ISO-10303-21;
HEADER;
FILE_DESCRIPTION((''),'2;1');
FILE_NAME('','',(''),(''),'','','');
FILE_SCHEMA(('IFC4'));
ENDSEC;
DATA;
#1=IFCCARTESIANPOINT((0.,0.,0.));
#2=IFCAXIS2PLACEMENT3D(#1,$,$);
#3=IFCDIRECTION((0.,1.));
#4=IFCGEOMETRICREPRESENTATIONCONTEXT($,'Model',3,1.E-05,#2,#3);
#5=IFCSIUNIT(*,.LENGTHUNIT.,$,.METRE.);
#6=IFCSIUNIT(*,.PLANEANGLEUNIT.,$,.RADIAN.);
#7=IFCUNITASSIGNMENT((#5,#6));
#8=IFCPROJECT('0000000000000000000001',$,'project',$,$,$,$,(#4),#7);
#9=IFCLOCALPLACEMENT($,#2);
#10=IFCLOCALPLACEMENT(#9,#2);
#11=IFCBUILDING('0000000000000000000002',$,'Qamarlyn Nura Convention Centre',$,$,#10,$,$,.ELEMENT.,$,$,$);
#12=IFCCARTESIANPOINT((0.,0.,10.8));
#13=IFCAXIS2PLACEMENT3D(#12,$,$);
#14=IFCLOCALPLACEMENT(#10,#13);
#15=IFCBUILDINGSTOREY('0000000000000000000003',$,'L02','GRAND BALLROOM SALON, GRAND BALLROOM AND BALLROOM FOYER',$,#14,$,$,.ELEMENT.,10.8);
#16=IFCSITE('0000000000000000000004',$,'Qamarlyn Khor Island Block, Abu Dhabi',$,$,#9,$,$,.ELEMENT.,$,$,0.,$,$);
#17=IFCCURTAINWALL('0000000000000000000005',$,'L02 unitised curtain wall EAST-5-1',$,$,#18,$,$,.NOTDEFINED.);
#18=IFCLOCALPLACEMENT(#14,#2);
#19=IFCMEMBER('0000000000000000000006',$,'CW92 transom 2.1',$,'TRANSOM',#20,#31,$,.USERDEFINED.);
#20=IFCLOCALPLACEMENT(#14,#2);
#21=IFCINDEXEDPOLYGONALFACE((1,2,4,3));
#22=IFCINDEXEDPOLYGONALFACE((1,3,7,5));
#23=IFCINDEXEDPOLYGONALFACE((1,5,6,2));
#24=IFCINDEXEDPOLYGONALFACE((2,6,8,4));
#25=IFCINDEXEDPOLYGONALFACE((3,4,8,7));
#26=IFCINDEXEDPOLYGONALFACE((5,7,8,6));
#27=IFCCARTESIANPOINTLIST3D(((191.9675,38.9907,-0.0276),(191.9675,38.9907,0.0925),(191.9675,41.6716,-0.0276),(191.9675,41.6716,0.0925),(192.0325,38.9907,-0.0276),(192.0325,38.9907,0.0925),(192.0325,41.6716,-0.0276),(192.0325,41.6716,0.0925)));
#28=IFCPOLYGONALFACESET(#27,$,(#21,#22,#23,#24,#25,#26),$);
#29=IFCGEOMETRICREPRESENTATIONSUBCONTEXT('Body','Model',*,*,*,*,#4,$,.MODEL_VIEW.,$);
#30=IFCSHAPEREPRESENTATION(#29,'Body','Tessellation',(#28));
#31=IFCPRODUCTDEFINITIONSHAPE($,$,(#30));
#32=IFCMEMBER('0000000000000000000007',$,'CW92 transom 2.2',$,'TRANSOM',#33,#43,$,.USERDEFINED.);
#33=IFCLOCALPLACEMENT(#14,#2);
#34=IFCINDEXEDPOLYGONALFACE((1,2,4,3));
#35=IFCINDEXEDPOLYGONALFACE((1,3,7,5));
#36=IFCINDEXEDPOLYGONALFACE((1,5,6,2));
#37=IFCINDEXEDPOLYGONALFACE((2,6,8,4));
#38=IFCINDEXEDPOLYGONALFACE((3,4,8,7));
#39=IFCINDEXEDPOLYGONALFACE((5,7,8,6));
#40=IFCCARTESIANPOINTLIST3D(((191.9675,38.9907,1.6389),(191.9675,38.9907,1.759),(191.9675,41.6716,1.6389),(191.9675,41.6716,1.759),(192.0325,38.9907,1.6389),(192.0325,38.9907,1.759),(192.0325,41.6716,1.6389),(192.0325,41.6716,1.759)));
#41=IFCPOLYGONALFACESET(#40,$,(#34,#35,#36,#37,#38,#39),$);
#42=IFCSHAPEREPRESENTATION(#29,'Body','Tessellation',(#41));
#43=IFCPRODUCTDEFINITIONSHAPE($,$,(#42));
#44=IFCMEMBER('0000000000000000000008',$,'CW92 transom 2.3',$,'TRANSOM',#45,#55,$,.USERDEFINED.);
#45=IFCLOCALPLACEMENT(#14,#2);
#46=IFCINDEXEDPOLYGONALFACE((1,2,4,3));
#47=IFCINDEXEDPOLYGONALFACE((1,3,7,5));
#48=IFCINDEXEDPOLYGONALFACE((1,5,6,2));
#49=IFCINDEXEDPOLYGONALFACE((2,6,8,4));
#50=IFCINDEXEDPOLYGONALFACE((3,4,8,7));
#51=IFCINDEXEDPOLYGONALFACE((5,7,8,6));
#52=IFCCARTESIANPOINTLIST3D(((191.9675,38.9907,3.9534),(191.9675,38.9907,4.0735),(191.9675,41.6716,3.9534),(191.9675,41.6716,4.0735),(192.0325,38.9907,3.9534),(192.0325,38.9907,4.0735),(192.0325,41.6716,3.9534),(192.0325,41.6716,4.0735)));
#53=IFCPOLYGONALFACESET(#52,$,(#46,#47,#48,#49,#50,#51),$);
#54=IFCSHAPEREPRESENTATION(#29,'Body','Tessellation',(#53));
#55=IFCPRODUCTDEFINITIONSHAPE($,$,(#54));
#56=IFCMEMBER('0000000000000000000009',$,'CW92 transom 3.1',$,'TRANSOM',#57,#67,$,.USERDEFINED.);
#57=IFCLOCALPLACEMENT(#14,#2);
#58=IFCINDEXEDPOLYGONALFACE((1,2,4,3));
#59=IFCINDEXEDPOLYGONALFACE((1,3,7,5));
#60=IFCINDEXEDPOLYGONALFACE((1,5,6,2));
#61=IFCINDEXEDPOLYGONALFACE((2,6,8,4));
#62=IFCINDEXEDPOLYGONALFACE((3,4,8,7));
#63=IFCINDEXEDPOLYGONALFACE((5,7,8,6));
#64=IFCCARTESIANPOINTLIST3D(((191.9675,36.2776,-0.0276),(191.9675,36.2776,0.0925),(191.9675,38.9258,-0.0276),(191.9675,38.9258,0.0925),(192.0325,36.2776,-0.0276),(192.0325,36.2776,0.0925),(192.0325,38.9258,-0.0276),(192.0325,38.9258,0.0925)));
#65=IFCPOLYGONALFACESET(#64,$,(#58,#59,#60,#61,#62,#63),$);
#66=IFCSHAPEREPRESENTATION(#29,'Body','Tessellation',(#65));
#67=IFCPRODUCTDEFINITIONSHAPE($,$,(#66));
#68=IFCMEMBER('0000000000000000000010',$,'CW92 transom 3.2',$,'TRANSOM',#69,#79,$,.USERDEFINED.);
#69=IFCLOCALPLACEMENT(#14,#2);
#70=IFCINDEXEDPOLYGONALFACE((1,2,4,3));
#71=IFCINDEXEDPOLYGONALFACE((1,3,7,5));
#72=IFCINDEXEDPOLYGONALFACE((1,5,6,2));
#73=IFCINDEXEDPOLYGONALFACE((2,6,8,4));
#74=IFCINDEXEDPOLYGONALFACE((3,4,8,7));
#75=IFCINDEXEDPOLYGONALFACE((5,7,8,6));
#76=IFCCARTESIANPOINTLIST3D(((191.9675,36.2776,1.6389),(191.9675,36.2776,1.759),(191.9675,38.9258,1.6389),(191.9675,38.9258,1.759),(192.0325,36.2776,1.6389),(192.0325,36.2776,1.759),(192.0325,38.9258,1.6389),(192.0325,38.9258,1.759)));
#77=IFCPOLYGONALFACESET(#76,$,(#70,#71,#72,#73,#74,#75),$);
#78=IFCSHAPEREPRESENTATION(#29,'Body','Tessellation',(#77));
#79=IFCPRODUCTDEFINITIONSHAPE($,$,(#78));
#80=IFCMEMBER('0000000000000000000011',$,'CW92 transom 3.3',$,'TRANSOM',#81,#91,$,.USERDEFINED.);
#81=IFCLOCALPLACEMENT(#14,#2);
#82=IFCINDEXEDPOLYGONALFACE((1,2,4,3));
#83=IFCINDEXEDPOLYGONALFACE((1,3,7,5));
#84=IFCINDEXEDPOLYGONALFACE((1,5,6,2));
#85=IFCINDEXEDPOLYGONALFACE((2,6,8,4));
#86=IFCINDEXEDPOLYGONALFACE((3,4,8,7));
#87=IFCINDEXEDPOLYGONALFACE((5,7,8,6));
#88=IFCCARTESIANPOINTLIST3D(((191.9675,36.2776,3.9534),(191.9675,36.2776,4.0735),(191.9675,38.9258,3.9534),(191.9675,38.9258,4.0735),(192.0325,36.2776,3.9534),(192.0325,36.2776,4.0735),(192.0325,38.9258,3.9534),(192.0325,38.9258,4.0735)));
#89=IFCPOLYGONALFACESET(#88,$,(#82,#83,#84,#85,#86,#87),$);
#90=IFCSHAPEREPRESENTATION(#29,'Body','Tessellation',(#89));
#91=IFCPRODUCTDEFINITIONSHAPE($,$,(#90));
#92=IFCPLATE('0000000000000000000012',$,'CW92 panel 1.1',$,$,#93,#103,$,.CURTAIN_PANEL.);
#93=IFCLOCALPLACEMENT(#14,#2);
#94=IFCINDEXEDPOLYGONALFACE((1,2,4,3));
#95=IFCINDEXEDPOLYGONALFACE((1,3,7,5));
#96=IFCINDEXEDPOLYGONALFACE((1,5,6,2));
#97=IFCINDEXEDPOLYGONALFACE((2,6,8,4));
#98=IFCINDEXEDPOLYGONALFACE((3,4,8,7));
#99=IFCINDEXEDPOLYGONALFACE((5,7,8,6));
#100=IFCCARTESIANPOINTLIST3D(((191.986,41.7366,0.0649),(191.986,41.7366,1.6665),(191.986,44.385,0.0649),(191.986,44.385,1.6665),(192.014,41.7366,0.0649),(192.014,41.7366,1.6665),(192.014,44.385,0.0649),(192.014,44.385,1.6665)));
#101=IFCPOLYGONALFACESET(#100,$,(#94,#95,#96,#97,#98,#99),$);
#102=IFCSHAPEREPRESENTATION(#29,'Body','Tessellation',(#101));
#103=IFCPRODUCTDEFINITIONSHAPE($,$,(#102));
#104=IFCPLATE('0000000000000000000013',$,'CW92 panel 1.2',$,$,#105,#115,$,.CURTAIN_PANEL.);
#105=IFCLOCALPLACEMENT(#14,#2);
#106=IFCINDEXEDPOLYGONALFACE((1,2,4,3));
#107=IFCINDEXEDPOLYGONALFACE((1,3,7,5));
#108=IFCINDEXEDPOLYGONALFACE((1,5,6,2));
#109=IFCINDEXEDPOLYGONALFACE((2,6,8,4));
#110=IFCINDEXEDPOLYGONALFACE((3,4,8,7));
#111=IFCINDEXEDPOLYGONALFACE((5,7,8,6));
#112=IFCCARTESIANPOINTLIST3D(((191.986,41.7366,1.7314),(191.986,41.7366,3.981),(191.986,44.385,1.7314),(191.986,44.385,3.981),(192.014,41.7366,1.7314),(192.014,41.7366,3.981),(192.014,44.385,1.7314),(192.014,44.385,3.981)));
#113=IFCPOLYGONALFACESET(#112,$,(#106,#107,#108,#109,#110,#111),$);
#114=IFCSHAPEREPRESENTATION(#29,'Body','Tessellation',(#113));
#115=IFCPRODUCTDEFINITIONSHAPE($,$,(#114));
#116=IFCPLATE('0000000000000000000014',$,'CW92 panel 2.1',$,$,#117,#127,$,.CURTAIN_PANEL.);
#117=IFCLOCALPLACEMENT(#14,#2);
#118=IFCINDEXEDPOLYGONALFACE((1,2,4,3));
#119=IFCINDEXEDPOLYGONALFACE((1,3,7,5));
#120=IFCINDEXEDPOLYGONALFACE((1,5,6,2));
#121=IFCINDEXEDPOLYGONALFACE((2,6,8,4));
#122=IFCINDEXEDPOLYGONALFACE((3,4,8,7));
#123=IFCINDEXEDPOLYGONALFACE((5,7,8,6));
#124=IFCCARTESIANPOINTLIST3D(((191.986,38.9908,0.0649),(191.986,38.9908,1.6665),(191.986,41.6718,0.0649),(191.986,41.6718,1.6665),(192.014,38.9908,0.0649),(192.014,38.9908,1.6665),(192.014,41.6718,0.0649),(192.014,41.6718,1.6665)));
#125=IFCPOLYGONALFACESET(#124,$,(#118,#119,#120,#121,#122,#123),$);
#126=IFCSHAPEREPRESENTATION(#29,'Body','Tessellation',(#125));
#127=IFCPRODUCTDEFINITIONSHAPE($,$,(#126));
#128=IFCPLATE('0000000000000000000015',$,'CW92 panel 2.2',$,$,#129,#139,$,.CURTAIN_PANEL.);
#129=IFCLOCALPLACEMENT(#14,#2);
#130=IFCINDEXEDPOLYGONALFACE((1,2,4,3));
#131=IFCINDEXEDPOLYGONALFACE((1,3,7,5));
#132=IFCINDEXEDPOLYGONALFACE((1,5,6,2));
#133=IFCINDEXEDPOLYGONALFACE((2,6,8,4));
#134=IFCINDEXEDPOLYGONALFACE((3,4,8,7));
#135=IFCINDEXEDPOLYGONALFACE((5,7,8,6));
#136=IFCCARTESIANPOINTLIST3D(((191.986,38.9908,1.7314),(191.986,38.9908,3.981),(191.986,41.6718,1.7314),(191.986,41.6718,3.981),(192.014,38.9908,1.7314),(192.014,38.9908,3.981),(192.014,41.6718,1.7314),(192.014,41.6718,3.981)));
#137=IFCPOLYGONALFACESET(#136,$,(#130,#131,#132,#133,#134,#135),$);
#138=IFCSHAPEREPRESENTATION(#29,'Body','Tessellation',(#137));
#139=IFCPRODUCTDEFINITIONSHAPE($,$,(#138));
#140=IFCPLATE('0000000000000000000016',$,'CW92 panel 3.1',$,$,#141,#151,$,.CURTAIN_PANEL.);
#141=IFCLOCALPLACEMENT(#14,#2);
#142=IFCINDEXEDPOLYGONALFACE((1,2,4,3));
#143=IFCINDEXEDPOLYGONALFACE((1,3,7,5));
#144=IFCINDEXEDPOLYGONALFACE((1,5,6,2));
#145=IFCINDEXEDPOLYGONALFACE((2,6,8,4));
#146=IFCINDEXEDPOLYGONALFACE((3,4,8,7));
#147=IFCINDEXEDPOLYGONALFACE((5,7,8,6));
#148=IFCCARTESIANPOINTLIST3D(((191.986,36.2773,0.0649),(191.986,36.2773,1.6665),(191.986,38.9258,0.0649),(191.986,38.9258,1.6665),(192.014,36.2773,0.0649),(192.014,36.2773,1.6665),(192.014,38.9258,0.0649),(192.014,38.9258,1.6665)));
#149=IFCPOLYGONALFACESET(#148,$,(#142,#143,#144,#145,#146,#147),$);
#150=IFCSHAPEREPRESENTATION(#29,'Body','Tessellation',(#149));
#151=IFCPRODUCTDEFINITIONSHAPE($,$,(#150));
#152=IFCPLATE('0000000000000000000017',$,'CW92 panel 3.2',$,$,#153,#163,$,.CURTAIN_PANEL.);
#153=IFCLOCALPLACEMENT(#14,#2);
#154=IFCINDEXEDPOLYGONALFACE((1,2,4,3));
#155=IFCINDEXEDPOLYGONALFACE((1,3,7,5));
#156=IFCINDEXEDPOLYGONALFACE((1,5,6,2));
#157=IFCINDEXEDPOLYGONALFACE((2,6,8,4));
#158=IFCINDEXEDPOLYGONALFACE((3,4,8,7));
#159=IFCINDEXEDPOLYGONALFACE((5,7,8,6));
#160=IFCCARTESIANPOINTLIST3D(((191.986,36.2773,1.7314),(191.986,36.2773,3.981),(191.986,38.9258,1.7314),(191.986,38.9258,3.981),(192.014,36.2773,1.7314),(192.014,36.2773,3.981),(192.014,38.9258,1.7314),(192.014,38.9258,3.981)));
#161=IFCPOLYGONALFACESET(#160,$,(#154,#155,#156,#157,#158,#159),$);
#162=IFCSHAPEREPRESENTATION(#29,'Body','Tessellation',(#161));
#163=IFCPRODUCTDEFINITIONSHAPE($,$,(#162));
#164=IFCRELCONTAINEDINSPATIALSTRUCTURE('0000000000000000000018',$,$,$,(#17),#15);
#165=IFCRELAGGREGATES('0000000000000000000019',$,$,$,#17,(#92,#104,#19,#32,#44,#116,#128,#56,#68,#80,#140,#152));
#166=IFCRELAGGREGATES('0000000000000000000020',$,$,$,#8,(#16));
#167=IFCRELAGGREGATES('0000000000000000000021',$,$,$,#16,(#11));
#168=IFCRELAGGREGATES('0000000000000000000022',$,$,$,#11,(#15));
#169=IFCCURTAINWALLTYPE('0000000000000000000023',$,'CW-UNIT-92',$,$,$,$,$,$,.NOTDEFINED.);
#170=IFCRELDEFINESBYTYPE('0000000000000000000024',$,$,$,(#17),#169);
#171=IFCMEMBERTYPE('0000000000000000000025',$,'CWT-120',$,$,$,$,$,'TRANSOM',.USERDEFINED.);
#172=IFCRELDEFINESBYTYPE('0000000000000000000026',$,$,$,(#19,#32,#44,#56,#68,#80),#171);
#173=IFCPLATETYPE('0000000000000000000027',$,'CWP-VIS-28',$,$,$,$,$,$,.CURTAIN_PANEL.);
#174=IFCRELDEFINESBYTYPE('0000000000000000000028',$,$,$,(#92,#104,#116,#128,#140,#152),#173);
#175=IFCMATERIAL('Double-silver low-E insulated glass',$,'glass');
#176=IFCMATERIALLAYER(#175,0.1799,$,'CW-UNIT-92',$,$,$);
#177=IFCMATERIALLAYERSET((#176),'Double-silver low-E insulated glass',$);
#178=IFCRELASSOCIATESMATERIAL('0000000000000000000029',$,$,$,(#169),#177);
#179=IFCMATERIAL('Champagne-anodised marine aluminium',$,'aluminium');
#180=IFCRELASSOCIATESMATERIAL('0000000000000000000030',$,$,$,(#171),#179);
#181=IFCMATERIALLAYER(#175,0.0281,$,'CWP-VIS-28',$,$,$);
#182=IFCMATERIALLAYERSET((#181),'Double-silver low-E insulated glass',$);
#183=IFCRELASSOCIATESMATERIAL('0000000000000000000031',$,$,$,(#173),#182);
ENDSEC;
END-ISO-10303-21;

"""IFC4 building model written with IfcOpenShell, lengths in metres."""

from ifc_helpers import new_model, si_unit, direction, frame, origin, origin_2d, place, context, subcontext, project, spatial, rectangle, extrude, material, layer, layer_set, material_profile, profile_set, type_object, element, aggregate, save


model = new_model("IFC4")

# Units and contexts
model_context = context("Model", 3, precision=1e-05, world=origin(), true_north=direction((0.0, 1.0)))
body_context = subcontext(model_context, "Body", "Model", "MODEL_VIEW")
ifc_project = project(units=[si_unit("LENGTHUNIT", "METRE"), si_unit("PLANEANGLEUNIT", "RADIAN")], contexts=[model_context])

# Site, building, storey
site_placement = place(None, origin())
site = spatial("IfcSite", under=ifc_project, at=site_placement, Name="Qamarlyn Khor Island Block, Abu Dhabi", CompositionType="ELEMENT", RefElevation=0.0)
building_placement = place(site_placement, origin())
building = spatial("IfcBuilding", under=site, at=building_placement, Name="Qamarlyn Nura Convention Centre", CompositionType="ELEMENT")
storey_placement = place(building_placement, frame((0.0, 0.0, 10.8)))
storey = spatial("IfcBuildingStorey", under=building, at=storey_placement, Name="L02", Description="GRAND BALLROOM SALON, GRAND BALLROOM AND BALLROOM FOYER", CompositionType="ELEMENT", Elevation=10.8)

# Curtain wall, members, plates
ifc_material_1 = material(Name="Double-silver low-E insulated glass", Category="glass")
ifc_layer_1 = layer(ifc_material_1, 0.1799, Name="CW-UNIT-92")
ifc_layer_set_1 = layer_set([ifc_layer_1], Name="Double-silver low-E insulated glass")
curtain_wall_type = type_object("IfcCurtainWallType", Name="CW-UNIT-92", PredefinedType="NOTDEFINED", material=ifc_layer_set_1)
curtain_wall_placement = place(storey_placement, origin())
curtain_wall = element("IfcCurtainWall", 1, at=curtain_wall_placement, inside=storey, type_object=curtain_wall_type, Name="L02 unitised curtain wall EAST-5-1", PredefinedType="NOTDEFINED")
ifc_material_2 = material(Name="Champagne-anodised marine aluminium", Category="aluminium")
ifc_material_profile_1 = material_profile(ifc_material_2, rectangle(XDim=0.0649, YDim=0.1201, at=origin_2d()), Name="ALU TRANSOM 65x120")
ifc_profile_set_1 = profile_set([ifc_material_profile_1], Name="Champagne-anodised marine aluminium")
member_type_1 = type_object("IfcMemberType", Name="CWT-120", ElementType="TRANSOM", PredefinedType="USERDEFINED", material=ifc_profile_set_1)
member_1_placement = place(storey_placement, frame((192.0, 41.6716, 0.0325), z_axis=(0.0, -1.0, 0.0), x_axis=(1.0, 0.0, 0.0)))
member_1 = element("IfcMember", 2, at=member_1_placement, type_object=member_type_1, Name="CW92 transom 2.1", ObjectType="TRANSOM", PredefinedType="USERDEFINED", context=body_context, shape_type="SweptSolid", body=[
    extrude(rectangle(XDim=0.0649, YDim=0.1201, at=origin_2d()), origin(), (0.0, 0.0, 1.0), 2.6809),
])
member_2_placement = place(storey_placement, frame((192.0, 41.6716, 1.699), z_axis=(0.0, -1.0, 0.0), x_axis=(1.0, 0.0, 0.0)))
member_2 = element("IfcMember", 3, at=member_2_placement, type_object=member_type_1, Name="CW92 transom 2.2", ObjectType="TRANSOM", PredefinedType="USERDEFINED", context=body_context, shape_type="SweptSolid", body=[
    extrude(rectangle(XDim=0.0649, YDim=0.1201, at=origin_2d()), origin(), (0.0, 0.0, 1.0), 2.6809),
])
member_3_placement = place(storey_placement, frame((192.0, 41.6716, 4.0134), z_axis=(0.0, -1.0, 0.0), x_axis=(1.0, 0.0, 0.0)))
member_3 = element("IfcMember", 4, at=member_3_placement, type_object=member_type_1, Name="CW92 transom 2.3", ObjectType="TRANSOM", PredefinedType="USERDEFINED", context=body_context, shape_type="SweptSolid", body=[
    extrude(rectangle(XDim=0.0649, YDim=0.1201, at=origin_2d()), origin(), (0.0, 0.0, 1.0), 2.6809),
])
member_4_placement = place(storey_placement, frame((192.0, 38.9258, 0.0325), z_axis=(0.0, -1.0, 0.0), x_axis=(1.0, 0.0, 0.0)))
member_4 = element("IfcMember", 5, at=member_4_placement, type_object=member_type_1, Name="CW92 transom 3.1", ObjectType="TRANSOM", PredefinedType="USERDEFINED", context=body_context, shape_type="SweptSolid", body=[
    extrude(rectangle(XDim=0.0649, YDim=0.1201, at=origin_2d()), origin(), (0.0, 0.0, 1.0), 2.6482),
])
member_5_placement = place(storey_placement, frame((192.0, 38.9258, 1.699), z_axis=(0.0, -1.0, 0.0), x_axis=(1.0, 0.0, 0.0)))
member_5 = element("IfcMember", 6, at=member_5_placement, type_object=member_type_1, Name="CW92 transom 3.2", ObjectType="TRANSOM", PredefinedType="USERDEFINED", context=body_context, shape_type="SweptSolid", body=[
    extrude(rectangle(XDim=0.0649, YDim=0.1201, at=origin_2d()), origin(), (0.0, 0.0, 1.0), 2.6482),
])
member_6_placement = place(storey_placement, frame((192.0, 38.9258, 4.0134), z_axis=(0.0, -1.0, 0.0), x_axis=(1.0, 0.0, 0.0)))
member_6 = element("IfcMember", 7, at=member_6_placement, type_object=member_type_1, Name="CW92 transom 3.3", ObjectType="TRANSOM", PredefinedType="USERDEFINED", context=body_context, shape_type="SweptSolid", body=[
    extrude(rectangle(XDim=0.0649, YDim=0.1201, at=origin_2d()), origin(), (0.0, 0.0, 1.0), 2.6482),
])
ifc_layer_2 = layer(ifc_material_1, 0.0281, Name="CWP-VIS-28")
ifc_layer_set_2 = layer_set([ifc_layer_2], Name="Double-silver low-E insulated glass")
plate_type = type_object("IfcPlateType", Name="CWP-VIS-28", PredefinedType="CURTAIN_PANEL", material=ifc_layer_set_2)
plate_1_placement = place(storey_placement, frame((192.0, 43.0608, 0.0649), z_axis=(0.0, 0.0, 1.0), x_axis=(0.0, -1.0, 0.0)))
plate_1 = element("IfcPlate", 8, at=plate_1_placement, type_object=plate_type, Name="CW92 panel 1.1", PredefinedType="CURTAIN_PANEL", context=body_context, shape_type="SweptSolid", body=[
    extrude(rectangle(XDim=2.6484, YDim=0.0281, at=origin_2d()), origin(), (0.0, 0.0, 1.0), 1.6016),
])
plate_2_placement = place(storey_placement, frame((192.0, 43.0608, 1.7314), z_axis=(0.0, 0.0, 1.0), x_axis=(0.0, -1.0, 0.0)))
plate_2 = element("IfcPlate", 9, at=plate_2_placement, type_object=plate_type, Name="CW92 panel 1.2", PredefinedType="CURTAIN_PANEL", context=body_context, shape_type="SweptSolid", body=[
    extrude(rectangle(XDim=2.6484, YDim=0.0281, at=origin_2d()), origin(), (0.0, 0.0, 1.0), 2.2495),
])
plate_3_placement = place(storey_placement, frame((192.0, 40.3313, 0.0649), z_axis=(0.0, 0.0, 1.0), x_axis=(0.0, -1.0, 0.0)))
plate_3 = element("IfcPlate", 10, at=plate_3_placement, type_object=plate_type, Name="CW92 panel 2.1", PredefinedType="CURTAIN_PANEL", context=body_context, shape_type="SweptSolid", body=[
    extrude(rectangle(XDim=2.6809, YDim=0.0281, at=origin_2d()), origin(), (0.0, 0.0, 1.0), 1.6016),
])
plate_4_placement = place(storey_placement, frame((192.0, 40.3313, 1.7314), z_axis=(0.0, 0.0, 1.0), x_axis=(0.0, -1.0, 0.0)))
plate_4 = element("IfcPlate", 11, at=plate_4_placement, type_object=plate_type, Name="CW92 panel 2.2", PredefinedType="CURTAIN_PANEL", context=body_context, shape_type="SweptSolid", body=[
    extrude(rectangle(XDim=2.6809, YDim=0.0281, at=origin_2d()), origin(), (0.0, 0.0, 1.0), 2.2495),
])
plate_5_placement = place(storey_placement, frame((192.0, 37.6016, 0.0649), z_axis=(0.0, 0.0, 1.0), x_axis=(0.0, -1.0, 0.0)))
plate_5 = element("IfcPlate", 12, at=plate_5_placement, type_object=plate_type, Name="CW92 panel 3.1", PredefinedType="CURTAIN_PANEL", context=body_context, shape_type="SweptSolid", body=[
    extrude(rectangle(XDim=2.6484, YDim=0.0281, at=origin_2d()), origin(), (0.0, 0.0, 1.0), 1.6016),
])
plate_6_placement = place(storey_placement, frame((192.0, 37.6016, 1.7314), z_axis=(0.0, 0.0, 1.0), x_axis=(0.0, -1.0, 0.0)))
plate_6 = element("IfcPlate", 13, at=plate_6_placement, type_object=plate_type, Name="CW92 panel 3.2", PredefinedType="CURTAIN_PANEL", context=body_context, shape_type="SweptSolid", body=[
    extrude(rectangle(XDim=2.6484, YDim=0.0281, at=origin_2d()), origin(), (0.0, 0.0, 1.0), 2.2495),
])
aggregate(curtain_wall, [plate_1, plate_2, member_1, member_2, member_3, plate_3, plate_4, member_4, member_5, member_6, plate_5, plate_6])

save(model, "model.ifc")
